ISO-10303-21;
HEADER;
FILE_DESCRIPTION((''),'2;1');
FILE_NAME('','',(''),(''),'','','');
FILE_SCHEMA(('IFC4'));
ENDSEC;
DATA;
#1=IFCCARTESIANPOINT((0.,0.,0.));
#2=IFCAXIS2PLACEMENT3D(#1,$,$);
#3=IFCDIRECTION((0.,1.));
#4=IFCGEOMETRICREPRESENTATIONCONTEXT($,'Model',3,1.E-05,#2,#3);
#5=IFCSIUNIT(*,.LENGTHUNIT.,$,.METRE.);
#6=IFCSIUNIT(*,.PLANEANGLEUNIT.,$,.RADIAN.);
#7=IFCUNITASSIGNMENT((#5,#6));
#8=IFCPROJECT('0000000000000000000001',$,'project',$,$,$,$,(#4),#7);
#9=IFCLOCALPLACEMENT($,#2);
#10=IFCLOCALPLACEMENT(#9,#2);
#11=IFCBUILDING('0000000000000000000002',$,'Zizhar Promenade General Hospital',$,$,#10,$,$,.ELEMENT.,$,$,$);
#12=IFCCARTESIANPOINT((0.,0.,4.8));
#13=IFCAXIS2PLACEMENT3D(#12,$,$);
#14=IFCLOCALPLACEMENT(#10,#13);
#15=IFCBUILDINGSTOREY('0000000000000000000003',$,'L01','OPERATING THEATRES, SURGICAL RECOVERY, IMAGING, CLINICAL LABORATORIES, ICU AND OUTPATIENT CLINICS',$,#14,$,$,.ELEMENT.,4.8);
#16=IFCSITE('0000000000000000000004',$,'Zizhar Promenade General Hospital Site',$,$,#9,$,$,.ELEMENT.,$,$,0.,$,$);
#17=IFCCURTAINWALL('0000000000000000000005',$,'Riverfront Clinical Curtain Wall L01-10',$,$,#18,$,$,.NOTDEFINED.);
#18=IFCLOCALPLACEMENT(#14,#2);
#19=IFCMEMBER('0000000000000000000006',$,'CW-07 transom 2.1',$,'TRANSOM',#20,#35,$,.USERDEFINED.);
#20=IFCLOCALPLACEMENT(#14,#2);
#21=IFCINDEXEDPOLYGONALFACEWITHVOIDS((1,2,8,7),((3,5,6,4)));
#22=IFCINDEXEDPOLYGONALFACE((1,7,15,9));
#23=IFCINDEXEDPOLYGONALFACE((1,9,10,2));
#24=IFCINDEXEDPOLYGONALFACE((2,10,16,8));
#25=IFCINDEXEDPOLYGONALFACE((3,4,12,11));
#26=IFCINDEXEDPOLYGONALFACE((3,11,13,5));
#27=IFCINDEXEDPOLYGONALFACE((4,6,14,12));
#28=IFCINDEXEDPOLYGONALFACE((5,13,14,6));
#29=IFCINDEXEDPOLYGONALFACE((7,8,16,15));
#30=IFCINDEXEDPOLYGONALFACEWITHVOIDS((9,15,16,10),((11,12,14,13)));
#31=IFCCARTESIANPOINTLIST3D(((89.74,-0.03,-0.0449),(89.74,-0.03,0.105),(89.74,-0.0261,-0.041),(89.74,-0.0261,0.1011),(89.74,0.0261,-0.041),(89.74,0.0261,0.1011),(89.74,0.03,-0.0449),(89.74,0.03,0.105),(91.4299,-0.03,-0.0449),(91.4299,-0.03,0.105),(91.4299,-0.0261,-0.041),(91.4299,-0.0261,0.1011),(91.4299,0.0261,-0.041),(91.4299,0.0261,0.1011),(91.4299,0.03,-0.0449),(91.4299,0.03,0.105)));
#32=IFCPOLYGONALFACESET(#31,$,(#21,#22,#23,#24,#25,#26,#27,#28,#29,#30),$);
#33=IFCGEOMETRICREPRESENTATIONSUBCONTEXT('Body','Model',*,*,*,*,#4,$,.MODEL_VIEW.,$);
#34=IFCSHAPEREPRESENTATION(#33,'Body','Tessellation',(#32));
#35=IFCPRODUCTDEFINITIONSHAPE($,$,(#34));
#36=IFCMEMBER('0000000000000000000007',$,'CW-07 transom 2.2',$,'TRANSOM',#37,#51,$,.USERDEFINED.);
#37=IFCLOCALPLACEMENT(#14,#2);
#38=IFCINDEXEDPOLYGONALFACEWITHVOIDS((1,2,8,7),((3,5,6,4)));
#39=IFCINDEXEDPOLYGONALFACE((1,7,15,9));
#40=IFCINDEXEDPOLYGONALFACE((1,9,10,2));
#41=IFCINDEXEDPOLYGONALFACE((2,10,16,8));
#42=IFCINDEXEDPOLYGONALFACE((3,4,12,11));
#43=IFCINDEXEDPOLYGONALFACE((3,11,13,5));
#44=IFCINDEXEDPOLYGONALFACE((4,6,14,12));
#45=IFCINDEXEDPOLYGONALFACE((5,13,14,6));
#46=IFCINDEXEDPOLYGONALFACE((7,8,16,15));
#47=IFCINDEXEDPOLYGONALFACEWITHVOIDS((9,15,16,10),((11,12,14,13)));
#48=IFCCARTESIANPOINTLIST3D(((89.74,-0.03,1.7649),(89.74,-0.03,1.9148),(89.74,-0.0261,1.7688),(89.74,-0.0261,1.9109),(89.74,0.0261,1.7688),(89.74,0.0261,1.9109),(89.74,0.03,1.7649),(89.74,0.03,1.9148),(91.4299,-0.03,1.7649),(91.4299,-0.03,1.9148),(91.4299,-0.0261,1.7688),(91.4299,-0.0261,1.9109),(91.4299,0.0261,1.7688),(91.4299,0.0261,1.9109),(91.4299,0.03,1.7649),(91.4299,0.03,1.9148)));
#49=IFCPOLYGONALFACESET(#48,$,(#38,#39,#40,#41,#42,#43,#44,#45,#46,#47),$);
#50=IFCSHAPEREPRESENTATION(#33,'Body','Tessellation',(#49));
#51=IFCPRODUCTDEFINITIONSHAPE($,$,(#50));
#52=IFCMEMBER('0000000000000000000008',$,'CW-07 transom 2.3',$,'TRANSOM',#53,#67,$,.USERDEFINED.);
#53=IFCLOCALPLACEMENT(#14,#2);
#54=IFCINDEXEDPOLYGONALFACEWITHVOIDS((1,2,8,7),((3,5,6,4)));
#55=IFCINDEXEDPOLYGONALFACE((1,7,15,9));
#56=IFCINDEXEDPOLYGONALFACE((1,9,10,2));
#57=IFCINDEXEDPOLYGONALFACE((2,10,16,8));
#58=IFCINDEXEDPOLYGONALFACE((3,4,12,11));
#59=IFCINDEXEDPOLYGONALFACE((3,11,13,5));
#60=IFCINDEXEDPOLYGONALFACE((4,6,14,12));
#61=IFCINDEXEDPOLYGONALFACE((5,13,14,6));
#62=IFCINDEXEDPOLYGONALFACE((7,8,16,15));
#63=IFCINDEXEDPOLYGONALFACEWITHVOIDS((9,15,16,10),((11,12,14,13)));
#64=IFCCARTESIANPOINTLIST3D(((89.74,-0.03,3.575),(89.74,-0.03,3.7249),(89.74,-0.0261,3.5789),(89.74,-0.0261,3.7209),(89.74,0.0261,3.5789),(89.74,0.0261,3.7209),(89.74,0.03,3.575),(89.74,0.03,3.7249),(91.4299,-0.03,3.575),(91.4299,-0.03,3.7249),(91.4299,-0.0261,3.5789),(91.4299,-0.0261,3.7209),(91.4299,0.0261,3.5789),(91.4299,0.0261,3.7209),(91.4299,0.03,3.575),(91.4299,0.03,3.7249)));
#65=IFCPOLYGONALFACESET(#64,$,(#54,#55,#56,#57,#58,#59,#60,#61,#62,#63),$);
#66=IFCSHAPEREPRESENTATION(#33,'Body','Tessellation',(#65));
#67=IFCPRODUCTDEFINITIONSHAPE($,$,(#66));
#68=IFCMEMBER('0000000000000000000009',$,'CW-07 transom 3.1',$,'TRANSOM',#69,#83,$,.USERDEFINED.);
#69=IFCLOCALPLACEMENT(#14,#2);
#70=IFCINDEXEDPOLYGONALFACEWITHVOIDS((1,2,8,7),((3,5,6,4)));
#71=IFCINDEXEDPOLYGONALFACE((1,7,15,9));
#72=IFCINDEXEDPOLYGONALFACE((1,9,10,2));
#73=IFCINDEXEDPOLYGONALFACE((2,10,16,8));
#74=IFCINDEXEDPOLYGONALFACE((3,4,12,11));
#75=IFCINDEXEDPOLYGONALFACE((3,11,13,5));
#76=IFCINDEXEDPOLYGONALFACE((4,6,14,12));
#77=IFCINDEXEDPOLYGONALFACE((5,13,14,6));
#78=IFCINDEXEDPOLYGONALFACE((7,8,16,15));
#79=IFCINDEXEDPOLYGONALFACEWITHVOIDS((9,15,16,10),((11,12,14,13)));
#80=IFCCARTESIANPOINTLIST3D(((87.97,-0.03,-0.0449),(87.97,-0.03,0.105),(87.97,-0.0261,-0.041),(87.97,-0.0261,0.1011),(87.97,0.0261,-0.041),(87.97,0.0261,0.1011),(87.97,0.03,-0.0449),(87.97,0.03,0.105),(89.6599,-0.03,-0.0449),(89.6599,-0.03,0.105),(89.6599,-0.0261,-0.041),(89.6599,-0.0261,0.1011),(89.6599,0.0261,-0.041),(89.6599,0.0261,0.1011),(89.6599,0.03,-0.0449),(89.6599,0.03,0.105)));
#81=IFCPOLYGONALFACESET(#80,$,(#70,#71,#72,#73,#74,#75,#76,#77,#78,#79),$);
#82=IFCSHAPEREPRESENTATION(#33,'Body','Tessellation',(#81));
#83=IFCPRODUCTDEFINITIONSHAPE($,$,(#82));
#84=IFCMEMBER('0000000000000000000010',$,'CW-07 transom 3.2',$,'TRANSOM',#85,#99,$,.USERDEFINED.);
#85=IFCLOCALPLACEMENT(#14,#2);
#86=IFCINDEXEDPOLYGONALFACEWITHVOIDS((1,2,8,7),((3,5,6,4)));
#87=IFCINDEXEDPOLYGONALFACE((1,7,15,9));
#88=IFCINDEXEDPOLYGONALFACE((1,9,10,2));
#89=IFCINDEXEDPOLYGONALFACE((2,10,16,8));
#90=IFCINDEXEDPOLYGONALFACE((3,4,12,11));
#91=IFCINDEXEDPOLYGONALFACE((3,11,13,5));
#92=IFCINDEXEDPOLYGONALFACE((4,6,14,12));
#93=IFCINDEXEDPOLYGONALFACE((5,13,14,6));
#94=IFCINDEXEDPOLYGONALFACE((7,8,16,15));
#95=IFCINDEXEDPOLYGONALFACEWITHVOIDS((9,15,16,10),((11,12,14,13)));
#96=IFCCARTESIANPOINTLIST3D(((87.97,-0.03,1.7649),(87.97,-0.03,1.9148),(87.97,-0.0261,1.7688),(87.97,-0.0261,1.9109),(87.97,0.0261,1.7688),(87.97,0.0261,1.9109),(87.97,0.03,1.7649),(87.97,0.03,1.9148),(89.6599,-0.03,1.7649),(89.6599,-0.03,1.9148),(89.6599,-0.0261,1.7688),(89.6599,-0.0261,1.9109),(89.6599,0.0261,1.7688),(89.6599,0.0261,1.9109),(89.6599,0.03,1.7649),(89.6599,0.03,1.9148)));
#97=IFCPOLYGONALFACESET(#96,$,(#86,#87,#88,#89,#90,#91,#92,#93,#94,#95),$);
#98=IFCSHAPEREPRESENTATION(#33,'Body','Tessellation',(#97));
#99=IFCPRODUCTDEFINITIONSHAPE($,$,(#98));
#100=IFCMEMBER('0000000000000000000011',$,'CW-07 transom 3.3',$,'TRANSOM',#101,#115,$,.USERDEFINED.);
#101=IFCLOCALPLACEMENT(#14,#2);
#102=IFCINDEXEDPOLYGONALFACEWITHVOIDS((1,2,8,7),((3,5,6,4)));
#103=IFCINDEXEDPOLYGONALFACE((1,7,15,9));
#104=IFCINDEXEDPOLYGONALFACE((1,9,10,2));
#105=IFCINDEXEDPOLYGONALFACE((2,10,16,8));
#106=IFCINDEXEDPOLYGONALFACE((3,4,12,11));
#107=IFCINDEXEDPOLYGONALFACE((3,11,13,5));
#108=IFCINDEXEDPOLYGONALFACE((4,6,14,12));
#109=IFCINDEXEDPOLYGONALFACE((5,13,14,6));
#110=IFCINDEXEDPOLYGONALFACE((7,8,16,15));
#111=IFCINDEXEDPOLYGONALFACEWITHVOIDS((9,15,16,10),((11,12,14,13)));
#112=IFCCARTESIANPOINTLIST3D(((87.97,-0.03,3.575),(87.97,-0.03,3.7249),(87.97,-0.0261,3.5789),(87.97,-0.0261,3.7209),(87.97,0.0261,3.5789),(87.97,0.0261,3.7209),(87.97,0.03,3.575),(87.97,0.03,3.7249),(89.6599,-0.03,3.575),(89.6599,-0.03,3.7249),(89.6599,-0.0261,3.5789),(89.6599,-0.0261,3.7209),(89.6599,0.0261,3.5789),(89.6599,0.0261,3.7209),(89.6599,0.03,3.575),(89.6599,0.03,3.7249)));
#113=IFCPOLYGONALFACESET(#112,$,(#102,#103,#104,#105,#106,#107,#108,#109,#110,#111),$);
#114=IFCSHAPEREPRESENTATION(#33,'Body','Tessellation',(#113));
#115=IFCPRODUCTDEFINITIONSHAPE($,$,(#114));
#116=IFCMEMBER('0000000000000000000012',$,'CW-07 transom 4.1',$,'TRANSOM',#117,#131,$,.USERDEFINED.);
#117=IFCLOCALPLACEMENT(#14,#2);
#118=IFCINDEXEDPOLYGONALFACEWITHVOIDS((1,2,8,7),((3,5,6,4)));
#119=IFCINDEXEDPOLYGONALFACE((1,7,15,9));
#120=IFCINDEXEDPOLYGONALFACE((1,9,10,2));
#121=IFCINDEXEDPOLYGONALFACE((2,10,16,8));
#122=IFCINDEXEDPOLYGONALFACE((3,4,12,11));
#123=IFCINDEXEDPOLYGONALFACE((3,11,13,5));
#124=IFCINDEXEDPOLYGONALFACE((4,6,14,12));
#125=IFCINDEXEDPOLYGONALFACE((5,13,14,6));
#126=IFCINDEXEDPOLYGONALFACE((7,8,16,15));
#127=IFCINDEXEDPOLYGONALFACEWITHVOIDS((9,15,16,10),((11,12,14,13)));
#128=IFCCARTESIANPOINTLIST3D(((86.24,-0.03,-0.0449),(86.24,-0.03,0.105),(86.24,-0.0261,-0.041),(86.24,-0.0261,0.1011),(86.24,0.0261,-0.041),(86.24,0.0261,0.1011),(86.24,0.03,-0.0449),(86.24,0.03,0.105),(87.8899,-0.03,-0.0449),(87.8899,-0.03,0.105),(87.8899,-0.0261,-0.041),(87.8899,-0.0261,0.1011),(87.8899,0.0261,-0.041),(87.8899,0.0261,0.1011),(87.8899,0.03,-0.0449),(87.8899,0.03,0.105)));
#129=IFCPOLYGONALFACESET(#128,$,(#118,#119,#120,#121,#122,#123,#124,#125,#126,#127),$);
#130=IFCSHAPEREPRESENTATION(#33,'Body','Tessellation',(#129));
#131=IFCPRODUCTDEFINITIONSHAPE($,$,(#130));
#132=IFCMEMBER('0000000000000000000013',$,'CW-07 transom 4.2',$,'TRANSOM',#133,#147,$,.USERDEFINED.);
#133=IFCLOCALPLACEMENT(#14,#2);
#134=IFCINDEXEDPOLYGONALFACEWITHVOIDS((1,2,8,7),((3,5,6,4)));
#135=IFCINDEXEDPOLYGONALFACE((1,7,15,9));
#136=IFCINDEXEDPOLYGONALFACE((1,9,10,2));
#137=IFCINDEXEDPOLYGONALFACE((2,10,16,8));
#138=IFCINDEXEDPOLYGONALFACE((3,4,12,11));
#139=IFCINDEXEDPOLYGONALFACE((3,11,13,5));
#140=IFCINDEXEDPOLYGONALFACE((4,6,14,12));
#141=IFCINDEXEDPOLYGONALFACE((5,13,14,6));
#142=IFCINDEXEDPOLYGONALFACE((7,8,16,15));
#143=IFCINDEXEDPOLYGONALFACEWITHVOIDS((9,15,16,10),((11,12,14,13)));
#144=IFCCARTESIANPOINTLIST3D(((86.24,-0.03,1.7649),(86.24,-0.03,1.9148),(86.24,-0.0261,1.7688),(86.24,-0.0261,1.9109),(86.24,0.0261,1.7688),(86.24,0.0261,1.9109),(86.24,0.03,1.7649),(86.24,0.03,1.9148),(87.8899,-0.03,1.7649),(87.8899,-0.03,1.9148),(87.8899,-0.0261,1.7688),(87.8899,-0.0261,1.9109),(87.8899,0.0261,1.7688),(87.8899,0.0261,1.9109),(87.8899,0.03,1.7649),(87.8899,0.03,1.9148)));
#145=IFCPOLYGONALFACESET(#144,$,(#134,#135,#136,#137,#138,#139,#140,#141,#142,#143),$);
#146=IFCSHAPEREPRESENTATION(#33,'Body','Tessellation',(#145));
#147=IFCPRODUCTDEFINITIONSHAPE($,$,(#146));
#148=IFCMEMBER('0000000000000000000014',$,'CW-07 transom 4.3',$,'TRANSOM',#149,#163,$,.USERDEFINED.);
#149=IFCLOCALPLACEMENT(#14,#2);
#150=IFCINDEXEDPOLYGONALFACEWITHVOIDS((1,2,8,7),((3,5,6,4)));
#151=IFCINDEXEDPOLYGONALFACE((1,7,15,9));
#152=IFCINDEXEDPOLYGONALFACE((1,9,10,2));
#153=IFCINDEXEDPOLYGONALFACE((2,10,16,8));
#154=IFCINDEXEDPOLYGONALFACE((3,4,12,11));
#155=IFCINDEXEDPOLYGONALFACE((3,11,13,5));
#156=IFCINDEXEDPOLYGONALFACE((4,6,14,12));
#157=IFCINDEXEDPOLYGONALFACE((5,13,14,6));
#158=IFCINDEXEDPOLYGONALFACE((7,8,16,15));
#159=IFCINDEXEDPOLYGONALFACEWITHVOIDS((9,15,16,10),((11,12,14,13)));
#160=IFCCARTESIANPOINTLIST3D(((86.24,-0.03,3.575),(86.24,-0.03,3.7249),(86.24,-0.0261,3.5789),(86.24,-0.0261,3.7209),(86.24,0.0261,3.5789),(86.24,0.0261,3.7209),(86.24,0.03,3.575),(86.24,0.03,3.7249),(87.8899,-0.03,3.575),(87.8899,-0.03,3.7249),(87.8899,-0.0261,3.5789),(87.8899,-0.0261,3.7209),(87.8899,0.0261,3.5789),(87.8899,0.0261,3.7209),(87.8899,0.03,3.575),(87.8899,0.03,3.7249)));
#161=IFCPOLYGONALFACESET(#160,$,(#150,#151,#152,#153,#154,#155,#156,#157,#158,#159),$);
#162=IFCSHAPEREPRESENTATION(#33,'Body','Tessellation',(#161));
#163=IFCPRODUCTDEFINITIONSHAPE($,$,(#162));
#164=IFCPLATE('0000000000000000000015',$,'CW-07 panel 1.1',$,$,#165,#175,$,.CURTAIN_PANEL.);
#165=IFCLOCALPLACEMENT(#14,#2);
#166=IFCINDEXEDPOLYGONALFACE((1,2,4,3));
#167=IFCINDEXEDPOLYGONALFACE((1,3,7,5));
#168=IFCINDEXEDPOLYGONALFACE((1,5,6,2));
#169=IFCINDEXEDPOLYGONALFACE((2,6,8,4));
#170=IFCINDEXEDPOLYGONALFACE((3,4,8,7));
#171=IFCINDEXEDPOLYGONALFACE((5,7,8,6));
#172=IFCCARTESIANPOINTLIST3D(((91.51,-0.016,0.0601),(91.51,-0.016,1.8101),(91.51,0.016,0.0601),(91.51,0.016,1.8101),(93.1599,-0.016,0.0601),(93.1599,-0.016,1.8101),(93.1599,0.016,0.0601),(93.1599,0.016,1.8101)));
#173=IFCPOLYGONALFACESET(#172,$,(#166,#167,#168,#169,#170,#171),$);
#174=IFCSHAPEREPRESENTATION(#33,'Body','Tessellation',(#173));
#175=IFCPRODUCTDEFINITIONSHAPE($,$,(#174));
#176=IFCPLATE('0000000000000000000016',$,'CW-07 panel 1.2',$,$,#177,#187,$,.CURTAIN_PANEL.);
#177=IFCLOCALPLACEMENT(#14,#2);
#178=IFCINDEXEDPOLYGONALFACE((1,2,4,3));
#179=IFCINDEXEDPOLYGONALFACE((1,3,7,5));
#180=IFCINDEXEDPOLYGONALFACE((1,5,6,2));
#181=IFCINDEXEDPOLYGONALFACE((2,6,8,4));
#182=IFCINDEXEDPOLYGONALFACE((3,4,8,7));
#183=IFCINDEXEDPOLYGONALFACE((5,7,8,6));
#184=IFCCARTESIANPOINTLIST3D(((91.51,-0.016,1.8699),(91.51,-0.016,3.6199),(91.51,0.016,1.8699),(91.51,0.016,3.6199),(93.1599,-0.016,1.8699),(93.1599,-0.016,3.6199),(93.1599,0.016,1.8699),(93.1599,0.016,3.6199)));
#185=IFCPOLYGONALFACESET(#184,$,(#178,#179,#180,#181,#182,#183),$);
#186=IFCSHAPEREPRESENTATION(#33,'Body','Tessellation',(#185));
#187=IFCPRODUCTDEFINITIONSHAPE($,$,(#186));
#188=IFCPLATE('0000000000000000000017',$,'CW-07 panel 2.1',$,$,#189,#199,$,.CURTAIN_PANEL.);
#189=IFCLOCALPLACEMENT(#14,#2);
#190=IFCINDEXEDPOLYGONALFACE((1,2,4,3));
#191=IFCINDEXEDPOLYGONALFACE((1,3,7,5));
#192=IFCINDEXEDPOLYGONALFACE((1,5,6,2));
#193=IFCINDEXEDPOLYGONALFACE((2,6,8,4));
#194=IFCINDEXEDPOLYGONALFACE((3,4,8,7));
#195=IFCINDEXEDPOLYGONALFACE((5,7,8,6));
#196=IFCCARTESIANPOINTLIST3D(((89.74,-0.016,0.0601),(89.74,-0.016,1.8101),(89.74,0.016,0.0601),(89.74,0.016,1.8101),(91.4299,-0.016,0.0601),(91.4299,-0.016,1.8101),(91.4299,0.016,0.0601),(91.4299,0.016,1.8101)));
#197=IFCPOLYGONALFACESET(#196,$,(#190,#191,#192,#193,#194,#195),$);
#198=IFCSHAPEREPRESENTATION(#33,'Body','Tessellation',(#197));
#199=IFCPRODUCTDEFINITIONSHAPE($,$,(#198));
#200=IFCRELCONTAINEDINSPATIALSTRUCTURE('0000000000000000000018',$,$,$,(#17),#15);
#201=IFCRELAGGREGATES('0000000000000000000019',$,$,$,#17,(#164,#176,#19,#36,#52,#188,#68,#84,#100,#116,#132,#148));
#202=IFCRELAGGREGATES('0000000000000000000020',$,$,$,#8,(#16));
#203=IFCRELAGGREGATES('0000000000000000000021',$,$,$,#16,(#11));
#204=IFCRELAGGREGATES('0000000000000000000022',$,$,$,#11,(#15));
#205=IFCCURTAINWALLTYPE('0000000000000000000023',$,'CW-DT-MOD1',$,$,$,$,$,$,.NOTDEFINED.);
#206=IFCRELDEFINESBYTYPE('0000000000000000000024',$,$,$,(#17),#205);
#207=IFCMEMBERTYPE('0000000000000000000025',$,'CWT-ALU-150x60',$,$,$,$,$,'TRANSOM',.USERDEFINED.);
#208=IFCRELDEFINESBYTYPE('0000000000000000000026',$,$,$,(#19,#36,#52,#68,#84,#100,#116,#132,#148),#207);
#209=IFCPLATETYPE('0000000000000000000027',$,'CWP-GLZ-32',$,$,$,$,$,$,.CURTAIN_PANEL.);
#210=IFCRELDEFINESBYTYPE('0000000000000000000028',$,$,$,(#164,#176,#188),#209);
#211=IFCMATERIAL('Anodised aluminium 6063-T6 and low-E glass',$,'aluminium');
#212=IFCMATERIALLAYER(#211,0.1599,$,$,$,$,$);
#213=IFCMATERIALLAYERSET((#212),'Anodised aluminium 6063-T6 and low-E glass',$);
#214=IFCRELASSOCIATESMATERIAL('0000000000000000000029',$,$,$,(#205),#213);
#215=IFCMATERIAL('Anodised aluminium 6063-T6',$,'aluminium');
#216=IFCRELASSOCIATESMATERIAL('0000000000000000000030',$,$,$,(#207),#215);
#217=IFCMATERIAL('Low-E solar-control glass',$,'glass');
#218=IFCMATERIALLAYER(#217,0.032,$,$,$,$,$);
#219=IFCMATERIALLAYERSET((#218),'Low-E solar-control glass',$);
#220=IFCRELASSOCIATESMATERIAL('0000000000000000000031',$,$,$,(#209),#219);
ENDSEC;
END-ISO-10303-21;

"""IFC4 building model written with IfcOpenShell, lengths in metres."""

from ifc_helpers import new_model, si_unit, direction, frame, origin, origin_2d, place, context, subcontext, project, spatial, rectangle, hollow_rectangle, extrude, material, layer, layer_set, material_profile, profile_set, type_object, element, aggregate, save


model = new_model("IFC4")

# Units and contexts
model_context = context("Model", 3, precision=1e-05, world=origin(), true_north=direction((0.0, 1.0)))
body_context = subcontext(model_context, "Body", "Model", "MODEL_VIEW")
ifc_project = project(units=[si_unit("LENGTHUNIT", "METRE"), si_unit("PLANEANGLEUNIT", "RADIAN")], contexts=[model_context])

# Site, building, storey
site_placement = place(None, origin())
site = spatial("IfcSite", under=ifc_project, at=site_placement, Name="Zizhar Promenade General Hospital Site", CompositionType="ELEMENT", RefElevation=0.0)
building_placement = place(site_placement, origin())
building = spatial("IfcBuilding", under=site, at=building_placement, Name="Zizhar Promenade General Hospital", CompositionType="ELEMENT")
storey_placement = place(building_placement, frame((0.0, 0.0, 4.8)))
storey = spatial("IfcBuildingStorey", under=building, at=storey_placement, Name="L01", Description="OPERATING THEATRES, SURGICAL RECOVERY, IMAGING, CLINICAL LABORATORIES, ICU AND OUTPATIENT CLINICS", CompositionType="ELEMENT", Elevation=4.8)

# Curtain wall, members, plates
ifc_material_1 = material(Name="Anodised aluminium 6063-T6 and low-E glass", Category="aluminium")
ifc_layer_1 = layer(ifc_material_1, 0.1599)
ifc_layer_set_1 = layer_set([ifc_layer_1], Name="Anodised aluminium 6063-T6 and low-E glass")
curtain_wall_type = type_object("IfcCurtainWallType", Name="CW-DT-MOD1", PredefinedType="NOTDEFINED", material=ifc_layer_set_1)
curtain_wall_placement = place(storey_placement, origin())
curtain_wall = element("IfcCurtainWall", 1, at=curtain_wall_placement, inside=storey, type_object=curtain_wall_type, Name="Riverfront Clinical Curtain Wall L01-10", PredefinedType="NOTDEFINED")
ifc_material_2 = material(Name="Anodised aluminium 6063-T6", Category="aluminium")
ifc_material_profile_1 = material_profile(ifc_material_2, hollow_rectangle(XDim=0.0601, YDim=0.1499, WallThickness=0.0039, at=origin_2d()))
ifc_profile_set_1 = profile_set([ifc_material_profile_1], Name="Anodised aluminium 6063-T6")
member_type_1 = type_object("IfcMemberType", Name="CWT-ALU-150x60", ElementType="TRANSOM", PredefinedType="USERDEFINED", material=ifc_profile_set_1)
member_1_placement = place(storey_placement, frame((91.4299, 0.0, 0.03), z_axis=(-1.0, 0.0, 0.0), x_axis=(0.0, -1.0, 0.0)))
member_1 = element("IfcMember", 2, at=member_1_placement, type_object=member_type_1, Name="CW-07 transom 2.1", ObjectType="TRANSOM", PredefinedType="USERDEFINED", context=body_context, shape_type="SweptSolid", body=[
    extrude(hollow_rectangle(XDim=0.0601, YDim=0.1499, WallThickness=0.0039, at=origin_2d()), origin(), (0.0, 0.0, 1.0), 1.6899),
])
member_2_placement = place(storey_placement, frame((91.4299, 0.0, 1.8398), z_axis=(-1.0, 0.0, 0.0), x_axis=(0.0, -1.0, 0.0)))
member_2 = element("IfcMember", 3, at=member_2_placement, type_object=member_type_1, Name="CW-07 transom 2.2", ObjectType="TRANSOM", PredefinedType="USERDEFINED", context=body_context, shape_type="SweptSolid", body=[
    extrude(hollow_rectangle(XDim=0.0601, YDim=0.1499, WallThickness=0.0039, at=origin_2d()), origin(), (0.0, 0.0, 1.0), 1.6899),
])
member_3_placement = place(storey_placement, frame((91.4299, 0.0, 3.6499), z_axis=(-1.0, 0.0, 0.0), x_axis=(0.0, -1.0, 0.0)))
member_3 = element("IfcMember", 4, at=member_3_placement, type_object=member_type_1, Name="CW-07 transom 2.3", ObjectType="TRANSOM", PredefinedType="USERDEFINED", context=body_context, shape_type="SweptSolid", body=[
    extrude(hollow_rectangle(XDim=0.0601, YDim=0.1499, WallThickness=0.0039, at=origin_2d()), origin(), (0.0, 0.0, 1.0), 1.6899),
])
member_4_placement = place(storey_placement, frame((89.6599, 0.0, 0.03), z_axis=(-1.0, 0.0, 0.0), x_axis=(0.0, -1.0, 0.0)))
member_4 = element("IfcMember", 5, at=member_4_placement, type_object=member_type_1, Name="CW-07 transom 3.1", ObjectType="TRANSOM", PredefinedType="USERDEFINED", context=body_context, shape_type="SweptSolid", body=[
    extrude(hollow_rectangle(XDim=0.0601, YDim=0.1499, WallThickness=0.0039, at=origin_2d()), origin(), (0.0, 0.0, 1.0), 1.6899),
])
member_5_placement = place(storey_placement, frame((89.6599, 0.0, 1.8398), z_axis=(-1.0, 0.0, 0.0), x_axis=(0.0, -1.0, 0.0)))
member_5 = element("IfcMember", 6, at=member_5_placement, type_object=member_type_1, Name="CW-07 transom 3.2", ObjectType="TRANSOM", PredefinedType="USERDEFINED", context=body_context, shape_type="SweptSolid", body=[
    extrude(hollow_rectangle(XDim=0.0601, YDim=0.1499, WallThickness=0.0039, at=origin_2d()), origin(), (0.0, 0.0, 1.0), 1.6899),
])
member_6_placement = place(storey_placement, frame((89.6599, 0.0, 3.6499), z_axis=(-1.0, 0.0, 0.0), x_axis=(0.0, -1.0, 0.0)))
member_6 = element("IfcMember", 7, at=member_6_placement, type_object=member_type_1, Name="CW-07 transom 3.3", ObjectType="TRANSOM", PredefinedType="USERDEFINED", context=body_context, shape_type="SweptSolid", body=[
    extrude(hollow_rectangle(XDim=0.0601, YDim=0.1499, WallThickness=0.0039, at=origin_2d()), origin(), (0.0, 0.0, 1.0), 1.6899),
])
member_7_placement = place(storey_placement, frame((87.8899, 0.0, 0.03), z_axis=(-1.0, 0.0, 0.0), x_axis=(0.0, -1.0, 0.0)))
member_7 = element("IfcMember", 8, at=member_7_placement, type_object=member_type_1, Name="CW-07 transom 4.1", ObjectType="TRANSOM", PredefinedType="USERDEFINED", context=body_context, shape_type="SweptSolid", body=[
    extrude(hollow_rectangle(XDim=0.0601, YDim=0.1499, WallThickness=0.0039, at=origin_2d()), origin(), (0.0, 0.0, 1.0), 1.6499),
])
member_8_placement = place(storey_placement, frame((87.8899, 0.0, 1.8398), z_axis=(-1.0, 0.0, 0.0), x_axis=(0.0, -1.0, 0.0)))
member_8 = element("IfcMember", 9, at=member_8_placement, type_object=member_type_1, Name="CW-07 transom 4.2", ObjectType="TRANSOM", PredefinedType="USERDEFINED", context=body_context, shape_type="SweptSolid", body=[
    extrude(hollow_rectangle(XDim=0.0601, YDim=0.1499, WallThickness=0.0039, at=origin_2d()), origin(), (0.0, 0.0, 1.0), 1.6499),
])
member_9_placement = place(storey_placement, frame((87.8899, 0.0, 3.6499), z_axis=(-1.0, 0.0, 0.0), x_axis=(0.0, -1.0, 0.0)))
member_9 = element("IfcMember", 10, at=member_9_placement, type_object=member_type_1, Name="CW-07 transom 4.3", ObjectType="TRANSOM", PredefinedType="USERDEFINED", context=body_context, shape_type="SweptSolid", body=[
    extrude(hollow_rectangle(XDim=0.0601, YDim=0.1499, WallThickness=0.0039, at=origin_2d()), origin(), (0.0, 0.0, 1.0), 1.6499),
])
ifc_material_3 = material(Name="Low-E solar-control glass", Category="glass")
ifc_layer_2 = layer(ifc_material_3, 0.032)
ifc_layer_set_2 = layer_set([ifc_layer_2], Name="Low-E solar-control glass")
plate_type = type_object("IfcPlateType", Name="CWP-GLZ-32", PredefinedType="CURTAIN_PANEL", material=ifc_layer_set_2)
plate_1_placement = place(storey_placement, frame((92.335, 0.0, 0.0601), z_axis=(0.0, 0.0, 1.0), x_axis=(-1.0, 0.0, 0.0)))
plate_1 = element("IfcPlate", 11, at=plate_1_placement, type_object=plate_type, Name="CW-07 panel 1.1", PredefinedType="CURTAIN_PANEL", context=body_context, shape_type="SweptSolid", body=[
    extrude(rectangle(XDim=1.6499, YDim=0.032, at=origin_2d()), origin(), (0.0, 0.0, 1.0), 1.75),
])
plate_2_placement = place(storey_placement, frame((92.335, 0.0, 1.8699), z_axis=(0.0, 0.0, 1.0), x_axis=(-1.0, 0.0, 0.0)))
plate_2 = element("IfcPlate", 12, at=plate_2_placement, type_object=plate_type, Name="CW-07 panel 1.2", PredefinedType="CURTAIN_PANEL", context=body_context, shape_type="SweptSolid", body=[
    extrude(rectangle(XDim=1.6499, YDim=0.032, at=origin_2d()), origin(), (0.0, 0.0, 1.0), 1.75),
])
plate_3_placement = place(storey_placement, frame((90.585, 0.0, 0.0601), z_axis=(0.0, 0.0, 1.0), x_axis=(-1.0, 0.0, 0.0)))
plate_3 = element("IfcPlate", 13, at=plate_3_placement, type_object=plate_type, Name="CW-07 panel 2.1", PredefinedType="CURTAIN_PANEL", context=body_context, shape_type="SweptSolid", body=[
    extrude(rectangle(XDim=1.6899, YDim=0.032, at=origin_2d()), origin(), (0.0, 0.0, 1.0), 1.75),
])
aggregate(curtain_wall, [plate_1, plate_2, member_1, member_2, member_3, plate_3, member_4, member_5, member_6, member_7, member_8, member_9])

save(model, "model.ifc")
